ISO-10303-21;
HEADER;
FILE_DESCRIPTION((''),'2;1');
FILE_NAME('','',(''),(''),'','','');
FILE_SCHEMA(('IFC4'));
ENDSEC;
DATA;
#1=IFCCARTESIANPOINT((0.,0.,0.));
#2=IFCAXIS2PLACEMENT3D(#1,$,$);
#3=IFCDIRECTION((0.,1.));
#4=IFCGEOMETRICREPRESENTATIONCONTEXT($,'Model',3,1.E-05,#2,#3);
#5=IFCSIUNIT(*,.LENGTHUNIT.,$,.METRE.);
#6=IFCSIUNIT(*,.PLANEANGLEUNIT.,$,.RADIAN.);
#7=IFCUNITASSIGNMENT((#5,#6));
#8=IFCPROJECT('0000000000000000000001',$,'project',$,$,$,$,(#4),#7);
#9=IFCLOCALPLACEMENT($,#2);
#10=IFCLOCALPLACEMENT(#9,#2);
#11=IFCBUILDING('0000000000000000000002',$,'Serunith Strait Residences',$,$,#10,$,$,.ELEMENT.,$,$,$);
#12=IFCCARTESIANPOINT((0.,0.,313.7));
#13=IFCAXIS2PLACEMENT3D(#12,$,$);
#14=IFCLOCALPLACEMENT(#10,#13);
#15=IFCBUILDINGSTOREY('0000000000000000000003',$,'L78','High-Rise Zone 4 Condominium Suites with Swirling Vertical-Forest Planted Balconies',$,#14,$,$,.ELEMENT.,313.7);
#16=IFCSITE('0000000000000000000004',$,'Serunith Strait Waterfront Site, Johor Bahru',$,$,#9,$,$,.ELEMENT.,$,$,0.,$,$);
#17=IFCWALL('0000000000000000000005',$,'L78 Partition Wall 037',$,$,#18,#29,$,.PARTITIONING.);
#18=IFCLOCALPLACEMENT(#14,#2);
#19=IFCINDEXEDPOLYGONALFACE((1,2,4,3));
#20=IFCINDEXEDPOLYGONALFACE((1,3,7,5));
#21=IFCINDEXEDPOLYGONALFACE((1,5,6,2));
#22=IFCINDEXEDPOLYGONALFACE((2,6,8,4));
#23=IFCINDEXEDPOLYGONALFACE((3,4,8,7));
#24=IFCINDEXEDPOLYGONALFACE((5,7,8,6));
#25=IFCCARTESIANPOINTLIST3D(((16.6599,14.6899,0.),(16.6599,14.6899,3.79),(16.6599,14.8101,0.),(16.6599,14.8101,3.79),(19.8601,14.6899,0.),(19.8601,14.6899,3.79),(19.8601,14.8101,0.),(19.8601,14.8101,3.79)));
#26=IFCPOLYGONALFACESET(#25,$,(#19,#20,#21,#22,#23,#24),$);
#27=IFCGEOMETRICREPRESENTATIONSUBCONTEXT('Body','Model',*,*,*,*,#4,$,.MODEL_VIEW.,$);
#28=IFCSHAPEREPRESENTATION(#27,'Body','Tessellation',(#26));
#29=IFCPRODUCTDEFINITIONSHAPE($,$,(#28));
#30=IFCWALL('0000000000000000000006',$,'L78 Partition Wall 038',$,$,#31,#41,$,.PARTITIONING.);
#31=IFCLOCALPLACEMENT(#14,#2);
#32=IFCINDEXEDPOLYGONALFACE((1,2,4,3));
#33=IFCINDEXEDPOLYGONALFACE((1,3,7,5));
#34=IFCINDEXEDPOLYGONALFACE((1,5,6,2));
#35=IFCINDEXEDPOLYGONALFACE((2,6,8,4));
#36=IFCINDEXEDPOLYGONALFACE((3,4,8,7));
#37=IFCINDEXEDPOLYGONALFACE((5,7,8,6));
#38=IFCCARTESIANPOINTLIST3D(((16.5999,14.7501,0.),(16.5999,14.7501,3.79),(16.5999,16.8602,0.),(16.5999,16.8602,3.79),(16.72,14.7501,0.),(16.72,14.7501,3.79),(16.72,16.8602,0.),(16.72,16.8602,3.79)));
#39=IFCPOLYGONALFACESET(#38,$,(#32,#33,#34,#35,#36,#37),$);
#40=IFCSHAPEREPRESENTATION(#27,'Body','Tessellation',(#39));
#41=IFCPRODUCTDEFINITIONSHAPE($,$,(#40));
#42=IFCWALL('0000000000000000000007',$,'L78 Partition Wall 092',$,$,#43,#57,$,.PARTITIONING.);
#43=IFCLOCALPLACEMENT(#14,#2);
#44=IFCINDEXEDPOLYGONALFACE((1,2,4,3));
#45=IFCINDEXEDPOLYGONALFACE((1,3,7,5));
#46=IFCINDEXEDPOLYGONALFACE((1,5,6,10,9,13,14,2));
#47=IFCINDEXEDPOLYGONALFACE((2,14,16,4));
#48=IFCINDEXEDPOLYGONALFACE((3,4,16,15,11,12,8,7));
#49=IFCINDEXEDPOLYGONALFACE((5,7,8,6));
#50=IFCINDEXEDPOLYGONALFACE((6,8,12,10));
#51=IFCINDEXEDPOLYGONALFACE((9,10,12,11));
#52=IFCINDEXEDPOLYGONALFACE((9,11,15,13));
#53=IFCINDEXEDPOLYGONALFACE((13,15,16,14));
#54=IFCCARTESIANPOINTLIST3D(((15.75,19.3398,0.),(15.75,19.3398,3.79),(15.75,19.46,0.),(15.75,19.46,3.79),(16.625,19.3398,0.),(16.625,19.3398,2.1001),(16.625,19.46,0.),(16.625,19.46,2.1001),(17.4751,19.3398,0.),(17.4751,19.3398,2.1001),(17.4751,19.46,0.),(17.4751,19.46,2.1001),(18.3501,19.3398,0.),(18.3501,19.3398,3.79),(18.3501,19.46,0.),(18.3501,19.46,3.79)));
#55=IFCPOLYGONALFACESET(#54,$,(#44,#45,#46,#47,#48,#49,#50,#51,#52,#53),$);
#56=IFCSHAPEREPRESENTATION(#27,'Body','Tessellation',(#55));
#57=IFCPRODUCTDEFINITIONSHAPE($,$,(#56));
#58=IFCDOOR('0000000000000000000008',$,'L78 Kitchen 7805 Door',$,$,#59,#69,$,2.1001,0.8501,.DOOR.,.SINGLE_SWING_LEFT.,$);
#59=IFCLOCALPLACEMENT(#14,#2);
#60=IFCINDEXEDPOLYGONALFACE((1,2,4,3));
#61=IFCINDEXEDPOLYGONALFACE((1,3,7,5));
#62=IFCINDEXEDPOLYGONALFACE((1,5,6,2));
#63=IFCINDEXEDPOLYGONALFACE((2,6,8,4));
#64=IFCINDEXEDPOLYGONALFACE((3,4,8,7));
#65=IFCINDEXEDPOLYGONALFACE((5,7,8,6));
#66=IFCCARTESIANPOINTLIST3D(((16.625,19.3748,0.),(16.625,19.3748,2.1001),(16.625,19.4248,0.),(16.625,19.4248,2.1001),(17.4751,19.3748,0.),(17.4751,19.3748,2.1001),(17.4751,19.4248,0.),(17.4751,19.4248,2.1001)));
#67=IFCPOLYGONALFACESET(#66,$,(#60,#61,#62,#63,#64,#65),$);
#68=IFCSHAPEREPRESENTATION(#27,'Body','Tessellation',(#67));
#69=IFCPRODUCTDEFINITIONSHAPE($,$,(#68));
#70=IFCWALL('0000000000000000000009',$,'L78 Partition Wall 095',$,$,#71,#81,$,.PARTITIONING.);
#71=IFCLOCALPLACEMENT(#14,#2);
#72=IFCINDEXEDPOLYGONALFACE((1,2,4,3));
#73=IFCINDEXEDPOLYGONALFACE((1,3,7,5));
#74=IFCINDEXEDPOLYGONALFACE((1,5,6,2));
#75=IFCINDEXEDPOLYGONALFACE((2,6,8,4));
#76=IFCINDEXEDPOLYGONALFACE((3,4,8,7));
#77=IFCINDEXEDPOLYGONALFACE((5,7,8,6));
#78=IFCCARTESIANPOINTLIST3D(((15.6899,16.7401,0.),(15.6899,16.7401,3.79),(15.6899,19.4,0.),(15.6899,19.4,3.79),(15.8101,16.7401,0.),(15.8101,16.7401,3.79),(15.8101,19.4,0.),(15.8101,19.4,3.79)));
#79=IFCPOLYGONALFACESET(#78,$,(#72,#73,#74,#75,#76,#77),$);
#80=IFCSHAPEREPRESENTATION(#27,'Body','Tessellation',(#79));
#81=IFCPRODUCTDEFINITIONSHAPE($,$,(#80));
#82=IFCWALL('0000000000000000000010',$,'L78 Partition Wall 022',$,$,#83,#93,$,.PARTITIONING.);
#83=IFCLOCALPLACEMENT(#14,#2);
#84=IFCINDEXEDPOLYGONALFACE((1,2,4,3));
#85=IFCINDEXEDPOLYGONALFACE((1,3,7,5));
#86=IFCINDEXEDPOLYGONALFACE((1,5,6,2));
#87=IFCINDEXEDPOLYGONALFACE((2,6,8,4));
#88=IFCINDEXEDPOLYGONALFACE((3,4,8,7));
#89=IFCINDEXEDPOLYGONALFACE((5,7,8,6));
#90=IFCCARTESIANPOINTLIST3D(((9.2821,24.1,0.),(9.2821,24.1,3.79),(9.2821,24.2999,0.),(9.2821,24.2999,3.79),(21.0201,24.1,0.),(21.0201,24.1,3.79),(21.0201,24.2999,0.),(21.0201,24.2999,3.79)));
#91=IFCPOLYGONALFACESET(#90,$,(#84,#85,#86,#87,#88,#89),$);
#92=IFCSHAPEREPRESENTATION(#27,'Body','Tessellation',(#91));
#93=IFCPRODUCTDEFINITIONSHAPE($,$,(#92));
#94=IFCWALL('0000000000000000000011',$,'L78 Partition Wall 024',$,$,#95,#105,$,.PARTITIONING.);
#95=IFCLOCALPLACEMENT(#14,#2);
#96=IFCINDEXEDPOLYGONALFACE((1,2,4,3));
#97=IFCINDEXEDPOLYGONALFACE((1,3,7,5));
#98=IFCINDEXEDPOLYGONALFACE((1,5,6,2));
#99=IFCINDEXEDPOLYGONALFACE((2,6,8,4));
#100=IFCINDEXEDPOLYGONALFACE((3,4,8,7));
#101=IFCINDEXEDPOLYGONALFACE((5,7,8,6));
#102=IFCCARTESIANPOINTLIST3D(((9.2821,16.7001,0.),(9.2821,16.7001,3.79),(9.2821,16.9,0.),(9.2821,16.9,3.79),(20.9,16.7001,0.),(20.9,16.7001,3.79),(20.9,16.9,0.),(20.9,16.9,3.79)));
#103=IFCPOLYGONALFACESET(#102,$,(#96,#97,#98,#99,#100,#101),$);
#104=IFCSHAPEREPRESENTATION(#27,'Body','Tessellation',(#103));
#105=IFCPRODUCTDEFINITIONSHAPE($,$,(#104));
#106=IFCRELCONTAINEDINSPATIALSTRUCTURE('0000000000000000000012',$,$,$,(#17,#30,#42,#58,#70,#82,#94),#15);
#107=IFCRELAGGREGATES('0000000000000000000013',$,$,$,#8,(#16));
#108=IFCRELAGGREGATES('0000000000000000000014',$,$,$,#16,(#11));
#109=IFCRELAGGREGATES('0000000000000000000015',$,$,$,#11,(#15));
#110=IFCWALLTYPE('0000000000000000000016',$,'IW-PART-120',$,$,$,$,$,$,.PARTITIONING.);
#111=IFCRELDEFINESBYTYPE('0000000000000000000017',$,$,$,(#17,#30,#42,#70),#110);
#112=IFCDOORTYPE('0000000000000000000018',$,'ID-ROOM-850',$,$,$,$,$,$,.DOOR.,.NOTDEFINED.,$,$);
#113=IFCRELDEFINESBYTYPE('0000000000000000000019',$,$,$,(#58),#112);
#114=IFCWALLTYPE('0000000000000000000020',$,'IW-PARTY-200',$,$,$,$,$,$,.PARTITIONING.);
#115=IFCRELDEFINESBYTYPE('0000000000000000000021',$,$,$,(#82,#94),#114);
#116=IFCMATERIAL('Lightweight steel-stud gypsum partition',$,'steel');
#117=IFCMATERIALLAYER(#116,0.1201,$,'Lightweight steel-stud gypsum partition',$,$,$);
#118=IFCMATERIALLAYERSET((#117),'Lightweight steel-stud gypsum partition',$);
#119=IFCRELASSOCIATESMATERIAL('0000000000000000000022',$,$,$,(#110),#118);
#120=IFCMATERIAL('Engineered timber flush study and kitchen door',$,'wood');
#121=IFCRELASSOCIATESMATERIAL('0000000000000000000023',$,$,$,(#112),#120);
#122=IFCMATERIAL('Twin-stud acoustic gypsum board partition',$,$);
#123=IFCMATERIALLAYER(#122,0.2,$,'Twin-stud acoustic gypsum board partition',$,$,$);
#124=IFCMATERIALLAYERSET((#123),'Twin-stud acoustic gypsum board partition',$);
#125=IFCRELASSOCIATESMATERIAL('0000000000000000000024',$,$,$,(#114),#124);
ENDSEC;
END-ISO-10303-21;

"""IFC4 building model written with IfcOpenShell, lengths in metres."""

from ifc_helpers import new_model, si_unit, direction, frame, frame_2d, origin, place, context, subcontext, project, spatial, rectangle, extrude, source, transform, mapped, material, layer, layer_set, type_object, element, fill, save


model = new_model("IFC4")

# Units and contexts
model_context = context("Model", 3, precision=1e-05, world=origin(), true_north=direction((0.0, 1.0)))
body_context = subcontext(model_context, "Body", "Model", "MODEL_VIEW")
ifc_project = project(units=[si_unit("LENGTHUNIT", "METRE"), si_unit("PLANEANGLEUNIT", "RADIAN")], contexts=[model_context])

# Site, building, storey
site_placement = place(None, origin())
site = spatial("IfcSite", under=ifc_project, at=site_placement, Name="Serunith Strait Waterfront Site, Johor Bahru", CompositionType="ELEMENT", RefElevation=0.0)
building_placement = place(site_placement, origin())
building = spatial("IfcBuilding", under=site, at=building_placement, Name="Serunith Strait Residences", CompositionType="ELEMENT")
storey_placement = place(building_placement, frame((0.0, 0.0, 313.7)))
storey = spatial("IfcBuildingStorey", under=building, at=storey_placement, Name="L78", Description="High-Rise Zone 4 Condominium Suites with Swirling Vertical-Forest Planted Balconies", CompositionType="ELEMENT", Elevation=313.7)

# Walls
ifc_material_1 = material(Name="Lightweight steel-stud gypsum partition", Category="steel")
ifc_layer_1 = layer(ifc_material_1, 0.1201, Name="Lightweight steel-stud gypsum partition")
ifc_layer_set_1 = layer_set([ifc_layer_1], Name="Lightweight steel-stud gypsum partition")
wall_type_1 = type_object("IfcWallType", Name="IW-PART-120", PredefinedType="PARTITIONING", material=ifc_layer_set_1)
wall_1_placement = place(storey_placement, frame((16.6599, 14.75, 0.0), z_axis=(0.0, 0.0, 1.0), x_axis=(1.0, 0.0, 0.0)))
element("IfcWall", 1, at=wall_1_placement, inside=storey, type_object=wall_type_1, Name="L78 Partition Wall 037", PredefinedType="PARTITIONING", context=body_context, shape_type="SweptSolid", body=[
    extrude(rectangle(XDim=3.2002, YDim=0.1201, at=frame_2d((1.6001, 0.0))), origin(), (0.0, 0.0, 1.0), 3.79),
])
wall_2_placement = place(storey_placement, frame((16.6599, 14.75, 0.0), z_axis=(0.0, 0.0, 1.0), x_axis=(0.0, 1.0, 0.0)))
element("IfcWall", 2, at=wall_2_placement, inside=storey, type_object=wall_type_1, Name="L78 Partition Wall 038", PredefinedType="PARTITIONING", context=body_context, shape_type="SweptSolid", body=[
    extrude(rectangle(XDim=2.1101, YDim=0.1201, at=frame_2d((1.0552, 0.0))), origin(), (0.0, 0.0, 1.0), 3.79),
])

# Wall, opening, door
wall_3_placement = place(storey_placement, frame((15.75, 19.3999, 0.0), z_axis=(0.0, 0.0, 1.0), x_axis=(1.0, 0.0, 0.0)))
wall_3 = element("IfcWall", 3, at=wall_3_placement, inside=storey, type_object=wall_type_1, Name="L78 Partition Wall 092", PredefinedType="PARTITIONING", context=body_context, shape_type="SweptSolid", body=[
    extrude(rectangle(XDim=2.6001, YDim=0.1201, at=frame_2d((1.3, 0.0))), origin(), (0.0, 0.0, 1.0), 3.79),
])
opening_placement = place(wall_3_placement, frame((0.875, 0.0, 0.0)))
opening = element("IfcOpeningElement", 4, at=opening_placement, cuts=wall_3, PredefinedType="OPENING", context=body_context, shape_type="SweptSolid", body=[
    extrude(rectangle(XDim=0.8501, YDim=2.1001, at=frame_2d((0.425, 1.05))), frame((0.0, 0.0701, 0.0), z_axis=(0.0, -1.0, 0.0), x_axis=(1.0, 0.0, 0.0)), (0.0, 0.0, 1.0), 0.1401),
])
ifc_material_2 = material(Name="Engineered timber flush study and kitchen door", Category="wood")
door_type = type_object("IfcDoorType", Name="ID-ROOM-850", OperationType="NOTDEFINED", PredefinedType="DOOR", material=ifc_material_2)
shared_shape_1 = source(origin(), body_context, "Body", "SweptSolid", [
    extrude(rectangle(XDim=0.8501, YDim=2.1001, at=frame_2d((0.425, 1.05))), frame((0.0, 0.0249, 0.0), z_axis=(0.0, -1.0, 0.0), x_axis=(1.0, 0.0, 0.0)), (0.0, 0.0, 1.0), 0.05),
])
door_placement = place(opening_placement, origin())
door = element("IfcDoor", 5, at=door_placement, inside=storey, type_object=door_type, Name="L78 Kitchen 7805 Door", OperationType="SINGLE_SWING_LEFT", OverallHeight=2.1001, OverallWidth=0.8501, PredefinedType="DOOR", context=body_context, shape_type="MappedRepresentation", body=[
    mapped(shared_shape_1, transform((0.0, 0.0, 0.0), scale=1.0)),
])
fill(opening, door)

# Walls
wall_4_placement = place(storey_placement, frame((15.75, 16.74, 0.0), z_axis=(0.0, 0.0, 1.0), x_axis=(0.0, 1.0, 0.0)))
element("IfcWall", 6, at=wall_4_placement, inside=storey, type_object=wall_type_1, Name="L78 Partition Wall 095", PredefinedType="PARTITIONING", context=body_context, shape_type="SweptSolid", body=[
    extrude(rectangle(XDim=2.6599, YDim=0.1201, at=frame_2d((1.3301, 0.0))), origin(), (0.0, 0.0, 1.0), 3.79),
])
ifc_material_3 = material(Name="Twin-stud acoustic gypsum board partition")
ifc_layer_2 = layer(ifc_material_3, 0.2, Name="Twin-stud acoustic gypsum board partition")
ifc_layer_set_2 = layer_set([ifc_layer_2], Name="Twin-stud acoustic gypsum board partition")
wall_type_2 = type_object("IfcWallType", Name="IW-PARTY-200", PredefinedType="PARTITIONING", material=ifc_layer_set_2)
wall_5_placement = place(storey_placement, frame((9.282, 24.2, 0.0), z_axis=(0.0, 0.0, 1.0), x_axis=(1.0, 0.0, 0.0)))
element("IfcWall", 7, at=wall_5_placement, inside=storey, type_object=wall_type_2, Name="L78 Partition Wall 022", PredefinedType="PARTITIONING", context=body_context, shape_type="SweptSolid", body=[
    extrude(rectangle(XDim=11.738, YDim=0.2, at=frame_2d((5.8691, 0.0))), origin(), (0.0, 0.0, 1.0), 3.79),
])
wall_6_placement = place(storey_placement, frame((9.282, 16.8, 0.0), z_axis=(0.0, 0.0, 1.0), x_axis=(1.0, 0.0, 0.0)))
element("IfcWall", 8, at=wall_6_placement, inside=storey, type_object=wall_type_2, Name="L78 Partition Wall 024", PredefinedType="PARTITIONING", context=body_context, shape_type="SweptSolid", body=[
    extrude(rectangle(XDim=11.6179, YDim=0.2, at=frame_2d((5.8091, 0.0))), origin(), (0.0, 0.0, 1.0), 3.79),
])

save(model, "model.ifc")
